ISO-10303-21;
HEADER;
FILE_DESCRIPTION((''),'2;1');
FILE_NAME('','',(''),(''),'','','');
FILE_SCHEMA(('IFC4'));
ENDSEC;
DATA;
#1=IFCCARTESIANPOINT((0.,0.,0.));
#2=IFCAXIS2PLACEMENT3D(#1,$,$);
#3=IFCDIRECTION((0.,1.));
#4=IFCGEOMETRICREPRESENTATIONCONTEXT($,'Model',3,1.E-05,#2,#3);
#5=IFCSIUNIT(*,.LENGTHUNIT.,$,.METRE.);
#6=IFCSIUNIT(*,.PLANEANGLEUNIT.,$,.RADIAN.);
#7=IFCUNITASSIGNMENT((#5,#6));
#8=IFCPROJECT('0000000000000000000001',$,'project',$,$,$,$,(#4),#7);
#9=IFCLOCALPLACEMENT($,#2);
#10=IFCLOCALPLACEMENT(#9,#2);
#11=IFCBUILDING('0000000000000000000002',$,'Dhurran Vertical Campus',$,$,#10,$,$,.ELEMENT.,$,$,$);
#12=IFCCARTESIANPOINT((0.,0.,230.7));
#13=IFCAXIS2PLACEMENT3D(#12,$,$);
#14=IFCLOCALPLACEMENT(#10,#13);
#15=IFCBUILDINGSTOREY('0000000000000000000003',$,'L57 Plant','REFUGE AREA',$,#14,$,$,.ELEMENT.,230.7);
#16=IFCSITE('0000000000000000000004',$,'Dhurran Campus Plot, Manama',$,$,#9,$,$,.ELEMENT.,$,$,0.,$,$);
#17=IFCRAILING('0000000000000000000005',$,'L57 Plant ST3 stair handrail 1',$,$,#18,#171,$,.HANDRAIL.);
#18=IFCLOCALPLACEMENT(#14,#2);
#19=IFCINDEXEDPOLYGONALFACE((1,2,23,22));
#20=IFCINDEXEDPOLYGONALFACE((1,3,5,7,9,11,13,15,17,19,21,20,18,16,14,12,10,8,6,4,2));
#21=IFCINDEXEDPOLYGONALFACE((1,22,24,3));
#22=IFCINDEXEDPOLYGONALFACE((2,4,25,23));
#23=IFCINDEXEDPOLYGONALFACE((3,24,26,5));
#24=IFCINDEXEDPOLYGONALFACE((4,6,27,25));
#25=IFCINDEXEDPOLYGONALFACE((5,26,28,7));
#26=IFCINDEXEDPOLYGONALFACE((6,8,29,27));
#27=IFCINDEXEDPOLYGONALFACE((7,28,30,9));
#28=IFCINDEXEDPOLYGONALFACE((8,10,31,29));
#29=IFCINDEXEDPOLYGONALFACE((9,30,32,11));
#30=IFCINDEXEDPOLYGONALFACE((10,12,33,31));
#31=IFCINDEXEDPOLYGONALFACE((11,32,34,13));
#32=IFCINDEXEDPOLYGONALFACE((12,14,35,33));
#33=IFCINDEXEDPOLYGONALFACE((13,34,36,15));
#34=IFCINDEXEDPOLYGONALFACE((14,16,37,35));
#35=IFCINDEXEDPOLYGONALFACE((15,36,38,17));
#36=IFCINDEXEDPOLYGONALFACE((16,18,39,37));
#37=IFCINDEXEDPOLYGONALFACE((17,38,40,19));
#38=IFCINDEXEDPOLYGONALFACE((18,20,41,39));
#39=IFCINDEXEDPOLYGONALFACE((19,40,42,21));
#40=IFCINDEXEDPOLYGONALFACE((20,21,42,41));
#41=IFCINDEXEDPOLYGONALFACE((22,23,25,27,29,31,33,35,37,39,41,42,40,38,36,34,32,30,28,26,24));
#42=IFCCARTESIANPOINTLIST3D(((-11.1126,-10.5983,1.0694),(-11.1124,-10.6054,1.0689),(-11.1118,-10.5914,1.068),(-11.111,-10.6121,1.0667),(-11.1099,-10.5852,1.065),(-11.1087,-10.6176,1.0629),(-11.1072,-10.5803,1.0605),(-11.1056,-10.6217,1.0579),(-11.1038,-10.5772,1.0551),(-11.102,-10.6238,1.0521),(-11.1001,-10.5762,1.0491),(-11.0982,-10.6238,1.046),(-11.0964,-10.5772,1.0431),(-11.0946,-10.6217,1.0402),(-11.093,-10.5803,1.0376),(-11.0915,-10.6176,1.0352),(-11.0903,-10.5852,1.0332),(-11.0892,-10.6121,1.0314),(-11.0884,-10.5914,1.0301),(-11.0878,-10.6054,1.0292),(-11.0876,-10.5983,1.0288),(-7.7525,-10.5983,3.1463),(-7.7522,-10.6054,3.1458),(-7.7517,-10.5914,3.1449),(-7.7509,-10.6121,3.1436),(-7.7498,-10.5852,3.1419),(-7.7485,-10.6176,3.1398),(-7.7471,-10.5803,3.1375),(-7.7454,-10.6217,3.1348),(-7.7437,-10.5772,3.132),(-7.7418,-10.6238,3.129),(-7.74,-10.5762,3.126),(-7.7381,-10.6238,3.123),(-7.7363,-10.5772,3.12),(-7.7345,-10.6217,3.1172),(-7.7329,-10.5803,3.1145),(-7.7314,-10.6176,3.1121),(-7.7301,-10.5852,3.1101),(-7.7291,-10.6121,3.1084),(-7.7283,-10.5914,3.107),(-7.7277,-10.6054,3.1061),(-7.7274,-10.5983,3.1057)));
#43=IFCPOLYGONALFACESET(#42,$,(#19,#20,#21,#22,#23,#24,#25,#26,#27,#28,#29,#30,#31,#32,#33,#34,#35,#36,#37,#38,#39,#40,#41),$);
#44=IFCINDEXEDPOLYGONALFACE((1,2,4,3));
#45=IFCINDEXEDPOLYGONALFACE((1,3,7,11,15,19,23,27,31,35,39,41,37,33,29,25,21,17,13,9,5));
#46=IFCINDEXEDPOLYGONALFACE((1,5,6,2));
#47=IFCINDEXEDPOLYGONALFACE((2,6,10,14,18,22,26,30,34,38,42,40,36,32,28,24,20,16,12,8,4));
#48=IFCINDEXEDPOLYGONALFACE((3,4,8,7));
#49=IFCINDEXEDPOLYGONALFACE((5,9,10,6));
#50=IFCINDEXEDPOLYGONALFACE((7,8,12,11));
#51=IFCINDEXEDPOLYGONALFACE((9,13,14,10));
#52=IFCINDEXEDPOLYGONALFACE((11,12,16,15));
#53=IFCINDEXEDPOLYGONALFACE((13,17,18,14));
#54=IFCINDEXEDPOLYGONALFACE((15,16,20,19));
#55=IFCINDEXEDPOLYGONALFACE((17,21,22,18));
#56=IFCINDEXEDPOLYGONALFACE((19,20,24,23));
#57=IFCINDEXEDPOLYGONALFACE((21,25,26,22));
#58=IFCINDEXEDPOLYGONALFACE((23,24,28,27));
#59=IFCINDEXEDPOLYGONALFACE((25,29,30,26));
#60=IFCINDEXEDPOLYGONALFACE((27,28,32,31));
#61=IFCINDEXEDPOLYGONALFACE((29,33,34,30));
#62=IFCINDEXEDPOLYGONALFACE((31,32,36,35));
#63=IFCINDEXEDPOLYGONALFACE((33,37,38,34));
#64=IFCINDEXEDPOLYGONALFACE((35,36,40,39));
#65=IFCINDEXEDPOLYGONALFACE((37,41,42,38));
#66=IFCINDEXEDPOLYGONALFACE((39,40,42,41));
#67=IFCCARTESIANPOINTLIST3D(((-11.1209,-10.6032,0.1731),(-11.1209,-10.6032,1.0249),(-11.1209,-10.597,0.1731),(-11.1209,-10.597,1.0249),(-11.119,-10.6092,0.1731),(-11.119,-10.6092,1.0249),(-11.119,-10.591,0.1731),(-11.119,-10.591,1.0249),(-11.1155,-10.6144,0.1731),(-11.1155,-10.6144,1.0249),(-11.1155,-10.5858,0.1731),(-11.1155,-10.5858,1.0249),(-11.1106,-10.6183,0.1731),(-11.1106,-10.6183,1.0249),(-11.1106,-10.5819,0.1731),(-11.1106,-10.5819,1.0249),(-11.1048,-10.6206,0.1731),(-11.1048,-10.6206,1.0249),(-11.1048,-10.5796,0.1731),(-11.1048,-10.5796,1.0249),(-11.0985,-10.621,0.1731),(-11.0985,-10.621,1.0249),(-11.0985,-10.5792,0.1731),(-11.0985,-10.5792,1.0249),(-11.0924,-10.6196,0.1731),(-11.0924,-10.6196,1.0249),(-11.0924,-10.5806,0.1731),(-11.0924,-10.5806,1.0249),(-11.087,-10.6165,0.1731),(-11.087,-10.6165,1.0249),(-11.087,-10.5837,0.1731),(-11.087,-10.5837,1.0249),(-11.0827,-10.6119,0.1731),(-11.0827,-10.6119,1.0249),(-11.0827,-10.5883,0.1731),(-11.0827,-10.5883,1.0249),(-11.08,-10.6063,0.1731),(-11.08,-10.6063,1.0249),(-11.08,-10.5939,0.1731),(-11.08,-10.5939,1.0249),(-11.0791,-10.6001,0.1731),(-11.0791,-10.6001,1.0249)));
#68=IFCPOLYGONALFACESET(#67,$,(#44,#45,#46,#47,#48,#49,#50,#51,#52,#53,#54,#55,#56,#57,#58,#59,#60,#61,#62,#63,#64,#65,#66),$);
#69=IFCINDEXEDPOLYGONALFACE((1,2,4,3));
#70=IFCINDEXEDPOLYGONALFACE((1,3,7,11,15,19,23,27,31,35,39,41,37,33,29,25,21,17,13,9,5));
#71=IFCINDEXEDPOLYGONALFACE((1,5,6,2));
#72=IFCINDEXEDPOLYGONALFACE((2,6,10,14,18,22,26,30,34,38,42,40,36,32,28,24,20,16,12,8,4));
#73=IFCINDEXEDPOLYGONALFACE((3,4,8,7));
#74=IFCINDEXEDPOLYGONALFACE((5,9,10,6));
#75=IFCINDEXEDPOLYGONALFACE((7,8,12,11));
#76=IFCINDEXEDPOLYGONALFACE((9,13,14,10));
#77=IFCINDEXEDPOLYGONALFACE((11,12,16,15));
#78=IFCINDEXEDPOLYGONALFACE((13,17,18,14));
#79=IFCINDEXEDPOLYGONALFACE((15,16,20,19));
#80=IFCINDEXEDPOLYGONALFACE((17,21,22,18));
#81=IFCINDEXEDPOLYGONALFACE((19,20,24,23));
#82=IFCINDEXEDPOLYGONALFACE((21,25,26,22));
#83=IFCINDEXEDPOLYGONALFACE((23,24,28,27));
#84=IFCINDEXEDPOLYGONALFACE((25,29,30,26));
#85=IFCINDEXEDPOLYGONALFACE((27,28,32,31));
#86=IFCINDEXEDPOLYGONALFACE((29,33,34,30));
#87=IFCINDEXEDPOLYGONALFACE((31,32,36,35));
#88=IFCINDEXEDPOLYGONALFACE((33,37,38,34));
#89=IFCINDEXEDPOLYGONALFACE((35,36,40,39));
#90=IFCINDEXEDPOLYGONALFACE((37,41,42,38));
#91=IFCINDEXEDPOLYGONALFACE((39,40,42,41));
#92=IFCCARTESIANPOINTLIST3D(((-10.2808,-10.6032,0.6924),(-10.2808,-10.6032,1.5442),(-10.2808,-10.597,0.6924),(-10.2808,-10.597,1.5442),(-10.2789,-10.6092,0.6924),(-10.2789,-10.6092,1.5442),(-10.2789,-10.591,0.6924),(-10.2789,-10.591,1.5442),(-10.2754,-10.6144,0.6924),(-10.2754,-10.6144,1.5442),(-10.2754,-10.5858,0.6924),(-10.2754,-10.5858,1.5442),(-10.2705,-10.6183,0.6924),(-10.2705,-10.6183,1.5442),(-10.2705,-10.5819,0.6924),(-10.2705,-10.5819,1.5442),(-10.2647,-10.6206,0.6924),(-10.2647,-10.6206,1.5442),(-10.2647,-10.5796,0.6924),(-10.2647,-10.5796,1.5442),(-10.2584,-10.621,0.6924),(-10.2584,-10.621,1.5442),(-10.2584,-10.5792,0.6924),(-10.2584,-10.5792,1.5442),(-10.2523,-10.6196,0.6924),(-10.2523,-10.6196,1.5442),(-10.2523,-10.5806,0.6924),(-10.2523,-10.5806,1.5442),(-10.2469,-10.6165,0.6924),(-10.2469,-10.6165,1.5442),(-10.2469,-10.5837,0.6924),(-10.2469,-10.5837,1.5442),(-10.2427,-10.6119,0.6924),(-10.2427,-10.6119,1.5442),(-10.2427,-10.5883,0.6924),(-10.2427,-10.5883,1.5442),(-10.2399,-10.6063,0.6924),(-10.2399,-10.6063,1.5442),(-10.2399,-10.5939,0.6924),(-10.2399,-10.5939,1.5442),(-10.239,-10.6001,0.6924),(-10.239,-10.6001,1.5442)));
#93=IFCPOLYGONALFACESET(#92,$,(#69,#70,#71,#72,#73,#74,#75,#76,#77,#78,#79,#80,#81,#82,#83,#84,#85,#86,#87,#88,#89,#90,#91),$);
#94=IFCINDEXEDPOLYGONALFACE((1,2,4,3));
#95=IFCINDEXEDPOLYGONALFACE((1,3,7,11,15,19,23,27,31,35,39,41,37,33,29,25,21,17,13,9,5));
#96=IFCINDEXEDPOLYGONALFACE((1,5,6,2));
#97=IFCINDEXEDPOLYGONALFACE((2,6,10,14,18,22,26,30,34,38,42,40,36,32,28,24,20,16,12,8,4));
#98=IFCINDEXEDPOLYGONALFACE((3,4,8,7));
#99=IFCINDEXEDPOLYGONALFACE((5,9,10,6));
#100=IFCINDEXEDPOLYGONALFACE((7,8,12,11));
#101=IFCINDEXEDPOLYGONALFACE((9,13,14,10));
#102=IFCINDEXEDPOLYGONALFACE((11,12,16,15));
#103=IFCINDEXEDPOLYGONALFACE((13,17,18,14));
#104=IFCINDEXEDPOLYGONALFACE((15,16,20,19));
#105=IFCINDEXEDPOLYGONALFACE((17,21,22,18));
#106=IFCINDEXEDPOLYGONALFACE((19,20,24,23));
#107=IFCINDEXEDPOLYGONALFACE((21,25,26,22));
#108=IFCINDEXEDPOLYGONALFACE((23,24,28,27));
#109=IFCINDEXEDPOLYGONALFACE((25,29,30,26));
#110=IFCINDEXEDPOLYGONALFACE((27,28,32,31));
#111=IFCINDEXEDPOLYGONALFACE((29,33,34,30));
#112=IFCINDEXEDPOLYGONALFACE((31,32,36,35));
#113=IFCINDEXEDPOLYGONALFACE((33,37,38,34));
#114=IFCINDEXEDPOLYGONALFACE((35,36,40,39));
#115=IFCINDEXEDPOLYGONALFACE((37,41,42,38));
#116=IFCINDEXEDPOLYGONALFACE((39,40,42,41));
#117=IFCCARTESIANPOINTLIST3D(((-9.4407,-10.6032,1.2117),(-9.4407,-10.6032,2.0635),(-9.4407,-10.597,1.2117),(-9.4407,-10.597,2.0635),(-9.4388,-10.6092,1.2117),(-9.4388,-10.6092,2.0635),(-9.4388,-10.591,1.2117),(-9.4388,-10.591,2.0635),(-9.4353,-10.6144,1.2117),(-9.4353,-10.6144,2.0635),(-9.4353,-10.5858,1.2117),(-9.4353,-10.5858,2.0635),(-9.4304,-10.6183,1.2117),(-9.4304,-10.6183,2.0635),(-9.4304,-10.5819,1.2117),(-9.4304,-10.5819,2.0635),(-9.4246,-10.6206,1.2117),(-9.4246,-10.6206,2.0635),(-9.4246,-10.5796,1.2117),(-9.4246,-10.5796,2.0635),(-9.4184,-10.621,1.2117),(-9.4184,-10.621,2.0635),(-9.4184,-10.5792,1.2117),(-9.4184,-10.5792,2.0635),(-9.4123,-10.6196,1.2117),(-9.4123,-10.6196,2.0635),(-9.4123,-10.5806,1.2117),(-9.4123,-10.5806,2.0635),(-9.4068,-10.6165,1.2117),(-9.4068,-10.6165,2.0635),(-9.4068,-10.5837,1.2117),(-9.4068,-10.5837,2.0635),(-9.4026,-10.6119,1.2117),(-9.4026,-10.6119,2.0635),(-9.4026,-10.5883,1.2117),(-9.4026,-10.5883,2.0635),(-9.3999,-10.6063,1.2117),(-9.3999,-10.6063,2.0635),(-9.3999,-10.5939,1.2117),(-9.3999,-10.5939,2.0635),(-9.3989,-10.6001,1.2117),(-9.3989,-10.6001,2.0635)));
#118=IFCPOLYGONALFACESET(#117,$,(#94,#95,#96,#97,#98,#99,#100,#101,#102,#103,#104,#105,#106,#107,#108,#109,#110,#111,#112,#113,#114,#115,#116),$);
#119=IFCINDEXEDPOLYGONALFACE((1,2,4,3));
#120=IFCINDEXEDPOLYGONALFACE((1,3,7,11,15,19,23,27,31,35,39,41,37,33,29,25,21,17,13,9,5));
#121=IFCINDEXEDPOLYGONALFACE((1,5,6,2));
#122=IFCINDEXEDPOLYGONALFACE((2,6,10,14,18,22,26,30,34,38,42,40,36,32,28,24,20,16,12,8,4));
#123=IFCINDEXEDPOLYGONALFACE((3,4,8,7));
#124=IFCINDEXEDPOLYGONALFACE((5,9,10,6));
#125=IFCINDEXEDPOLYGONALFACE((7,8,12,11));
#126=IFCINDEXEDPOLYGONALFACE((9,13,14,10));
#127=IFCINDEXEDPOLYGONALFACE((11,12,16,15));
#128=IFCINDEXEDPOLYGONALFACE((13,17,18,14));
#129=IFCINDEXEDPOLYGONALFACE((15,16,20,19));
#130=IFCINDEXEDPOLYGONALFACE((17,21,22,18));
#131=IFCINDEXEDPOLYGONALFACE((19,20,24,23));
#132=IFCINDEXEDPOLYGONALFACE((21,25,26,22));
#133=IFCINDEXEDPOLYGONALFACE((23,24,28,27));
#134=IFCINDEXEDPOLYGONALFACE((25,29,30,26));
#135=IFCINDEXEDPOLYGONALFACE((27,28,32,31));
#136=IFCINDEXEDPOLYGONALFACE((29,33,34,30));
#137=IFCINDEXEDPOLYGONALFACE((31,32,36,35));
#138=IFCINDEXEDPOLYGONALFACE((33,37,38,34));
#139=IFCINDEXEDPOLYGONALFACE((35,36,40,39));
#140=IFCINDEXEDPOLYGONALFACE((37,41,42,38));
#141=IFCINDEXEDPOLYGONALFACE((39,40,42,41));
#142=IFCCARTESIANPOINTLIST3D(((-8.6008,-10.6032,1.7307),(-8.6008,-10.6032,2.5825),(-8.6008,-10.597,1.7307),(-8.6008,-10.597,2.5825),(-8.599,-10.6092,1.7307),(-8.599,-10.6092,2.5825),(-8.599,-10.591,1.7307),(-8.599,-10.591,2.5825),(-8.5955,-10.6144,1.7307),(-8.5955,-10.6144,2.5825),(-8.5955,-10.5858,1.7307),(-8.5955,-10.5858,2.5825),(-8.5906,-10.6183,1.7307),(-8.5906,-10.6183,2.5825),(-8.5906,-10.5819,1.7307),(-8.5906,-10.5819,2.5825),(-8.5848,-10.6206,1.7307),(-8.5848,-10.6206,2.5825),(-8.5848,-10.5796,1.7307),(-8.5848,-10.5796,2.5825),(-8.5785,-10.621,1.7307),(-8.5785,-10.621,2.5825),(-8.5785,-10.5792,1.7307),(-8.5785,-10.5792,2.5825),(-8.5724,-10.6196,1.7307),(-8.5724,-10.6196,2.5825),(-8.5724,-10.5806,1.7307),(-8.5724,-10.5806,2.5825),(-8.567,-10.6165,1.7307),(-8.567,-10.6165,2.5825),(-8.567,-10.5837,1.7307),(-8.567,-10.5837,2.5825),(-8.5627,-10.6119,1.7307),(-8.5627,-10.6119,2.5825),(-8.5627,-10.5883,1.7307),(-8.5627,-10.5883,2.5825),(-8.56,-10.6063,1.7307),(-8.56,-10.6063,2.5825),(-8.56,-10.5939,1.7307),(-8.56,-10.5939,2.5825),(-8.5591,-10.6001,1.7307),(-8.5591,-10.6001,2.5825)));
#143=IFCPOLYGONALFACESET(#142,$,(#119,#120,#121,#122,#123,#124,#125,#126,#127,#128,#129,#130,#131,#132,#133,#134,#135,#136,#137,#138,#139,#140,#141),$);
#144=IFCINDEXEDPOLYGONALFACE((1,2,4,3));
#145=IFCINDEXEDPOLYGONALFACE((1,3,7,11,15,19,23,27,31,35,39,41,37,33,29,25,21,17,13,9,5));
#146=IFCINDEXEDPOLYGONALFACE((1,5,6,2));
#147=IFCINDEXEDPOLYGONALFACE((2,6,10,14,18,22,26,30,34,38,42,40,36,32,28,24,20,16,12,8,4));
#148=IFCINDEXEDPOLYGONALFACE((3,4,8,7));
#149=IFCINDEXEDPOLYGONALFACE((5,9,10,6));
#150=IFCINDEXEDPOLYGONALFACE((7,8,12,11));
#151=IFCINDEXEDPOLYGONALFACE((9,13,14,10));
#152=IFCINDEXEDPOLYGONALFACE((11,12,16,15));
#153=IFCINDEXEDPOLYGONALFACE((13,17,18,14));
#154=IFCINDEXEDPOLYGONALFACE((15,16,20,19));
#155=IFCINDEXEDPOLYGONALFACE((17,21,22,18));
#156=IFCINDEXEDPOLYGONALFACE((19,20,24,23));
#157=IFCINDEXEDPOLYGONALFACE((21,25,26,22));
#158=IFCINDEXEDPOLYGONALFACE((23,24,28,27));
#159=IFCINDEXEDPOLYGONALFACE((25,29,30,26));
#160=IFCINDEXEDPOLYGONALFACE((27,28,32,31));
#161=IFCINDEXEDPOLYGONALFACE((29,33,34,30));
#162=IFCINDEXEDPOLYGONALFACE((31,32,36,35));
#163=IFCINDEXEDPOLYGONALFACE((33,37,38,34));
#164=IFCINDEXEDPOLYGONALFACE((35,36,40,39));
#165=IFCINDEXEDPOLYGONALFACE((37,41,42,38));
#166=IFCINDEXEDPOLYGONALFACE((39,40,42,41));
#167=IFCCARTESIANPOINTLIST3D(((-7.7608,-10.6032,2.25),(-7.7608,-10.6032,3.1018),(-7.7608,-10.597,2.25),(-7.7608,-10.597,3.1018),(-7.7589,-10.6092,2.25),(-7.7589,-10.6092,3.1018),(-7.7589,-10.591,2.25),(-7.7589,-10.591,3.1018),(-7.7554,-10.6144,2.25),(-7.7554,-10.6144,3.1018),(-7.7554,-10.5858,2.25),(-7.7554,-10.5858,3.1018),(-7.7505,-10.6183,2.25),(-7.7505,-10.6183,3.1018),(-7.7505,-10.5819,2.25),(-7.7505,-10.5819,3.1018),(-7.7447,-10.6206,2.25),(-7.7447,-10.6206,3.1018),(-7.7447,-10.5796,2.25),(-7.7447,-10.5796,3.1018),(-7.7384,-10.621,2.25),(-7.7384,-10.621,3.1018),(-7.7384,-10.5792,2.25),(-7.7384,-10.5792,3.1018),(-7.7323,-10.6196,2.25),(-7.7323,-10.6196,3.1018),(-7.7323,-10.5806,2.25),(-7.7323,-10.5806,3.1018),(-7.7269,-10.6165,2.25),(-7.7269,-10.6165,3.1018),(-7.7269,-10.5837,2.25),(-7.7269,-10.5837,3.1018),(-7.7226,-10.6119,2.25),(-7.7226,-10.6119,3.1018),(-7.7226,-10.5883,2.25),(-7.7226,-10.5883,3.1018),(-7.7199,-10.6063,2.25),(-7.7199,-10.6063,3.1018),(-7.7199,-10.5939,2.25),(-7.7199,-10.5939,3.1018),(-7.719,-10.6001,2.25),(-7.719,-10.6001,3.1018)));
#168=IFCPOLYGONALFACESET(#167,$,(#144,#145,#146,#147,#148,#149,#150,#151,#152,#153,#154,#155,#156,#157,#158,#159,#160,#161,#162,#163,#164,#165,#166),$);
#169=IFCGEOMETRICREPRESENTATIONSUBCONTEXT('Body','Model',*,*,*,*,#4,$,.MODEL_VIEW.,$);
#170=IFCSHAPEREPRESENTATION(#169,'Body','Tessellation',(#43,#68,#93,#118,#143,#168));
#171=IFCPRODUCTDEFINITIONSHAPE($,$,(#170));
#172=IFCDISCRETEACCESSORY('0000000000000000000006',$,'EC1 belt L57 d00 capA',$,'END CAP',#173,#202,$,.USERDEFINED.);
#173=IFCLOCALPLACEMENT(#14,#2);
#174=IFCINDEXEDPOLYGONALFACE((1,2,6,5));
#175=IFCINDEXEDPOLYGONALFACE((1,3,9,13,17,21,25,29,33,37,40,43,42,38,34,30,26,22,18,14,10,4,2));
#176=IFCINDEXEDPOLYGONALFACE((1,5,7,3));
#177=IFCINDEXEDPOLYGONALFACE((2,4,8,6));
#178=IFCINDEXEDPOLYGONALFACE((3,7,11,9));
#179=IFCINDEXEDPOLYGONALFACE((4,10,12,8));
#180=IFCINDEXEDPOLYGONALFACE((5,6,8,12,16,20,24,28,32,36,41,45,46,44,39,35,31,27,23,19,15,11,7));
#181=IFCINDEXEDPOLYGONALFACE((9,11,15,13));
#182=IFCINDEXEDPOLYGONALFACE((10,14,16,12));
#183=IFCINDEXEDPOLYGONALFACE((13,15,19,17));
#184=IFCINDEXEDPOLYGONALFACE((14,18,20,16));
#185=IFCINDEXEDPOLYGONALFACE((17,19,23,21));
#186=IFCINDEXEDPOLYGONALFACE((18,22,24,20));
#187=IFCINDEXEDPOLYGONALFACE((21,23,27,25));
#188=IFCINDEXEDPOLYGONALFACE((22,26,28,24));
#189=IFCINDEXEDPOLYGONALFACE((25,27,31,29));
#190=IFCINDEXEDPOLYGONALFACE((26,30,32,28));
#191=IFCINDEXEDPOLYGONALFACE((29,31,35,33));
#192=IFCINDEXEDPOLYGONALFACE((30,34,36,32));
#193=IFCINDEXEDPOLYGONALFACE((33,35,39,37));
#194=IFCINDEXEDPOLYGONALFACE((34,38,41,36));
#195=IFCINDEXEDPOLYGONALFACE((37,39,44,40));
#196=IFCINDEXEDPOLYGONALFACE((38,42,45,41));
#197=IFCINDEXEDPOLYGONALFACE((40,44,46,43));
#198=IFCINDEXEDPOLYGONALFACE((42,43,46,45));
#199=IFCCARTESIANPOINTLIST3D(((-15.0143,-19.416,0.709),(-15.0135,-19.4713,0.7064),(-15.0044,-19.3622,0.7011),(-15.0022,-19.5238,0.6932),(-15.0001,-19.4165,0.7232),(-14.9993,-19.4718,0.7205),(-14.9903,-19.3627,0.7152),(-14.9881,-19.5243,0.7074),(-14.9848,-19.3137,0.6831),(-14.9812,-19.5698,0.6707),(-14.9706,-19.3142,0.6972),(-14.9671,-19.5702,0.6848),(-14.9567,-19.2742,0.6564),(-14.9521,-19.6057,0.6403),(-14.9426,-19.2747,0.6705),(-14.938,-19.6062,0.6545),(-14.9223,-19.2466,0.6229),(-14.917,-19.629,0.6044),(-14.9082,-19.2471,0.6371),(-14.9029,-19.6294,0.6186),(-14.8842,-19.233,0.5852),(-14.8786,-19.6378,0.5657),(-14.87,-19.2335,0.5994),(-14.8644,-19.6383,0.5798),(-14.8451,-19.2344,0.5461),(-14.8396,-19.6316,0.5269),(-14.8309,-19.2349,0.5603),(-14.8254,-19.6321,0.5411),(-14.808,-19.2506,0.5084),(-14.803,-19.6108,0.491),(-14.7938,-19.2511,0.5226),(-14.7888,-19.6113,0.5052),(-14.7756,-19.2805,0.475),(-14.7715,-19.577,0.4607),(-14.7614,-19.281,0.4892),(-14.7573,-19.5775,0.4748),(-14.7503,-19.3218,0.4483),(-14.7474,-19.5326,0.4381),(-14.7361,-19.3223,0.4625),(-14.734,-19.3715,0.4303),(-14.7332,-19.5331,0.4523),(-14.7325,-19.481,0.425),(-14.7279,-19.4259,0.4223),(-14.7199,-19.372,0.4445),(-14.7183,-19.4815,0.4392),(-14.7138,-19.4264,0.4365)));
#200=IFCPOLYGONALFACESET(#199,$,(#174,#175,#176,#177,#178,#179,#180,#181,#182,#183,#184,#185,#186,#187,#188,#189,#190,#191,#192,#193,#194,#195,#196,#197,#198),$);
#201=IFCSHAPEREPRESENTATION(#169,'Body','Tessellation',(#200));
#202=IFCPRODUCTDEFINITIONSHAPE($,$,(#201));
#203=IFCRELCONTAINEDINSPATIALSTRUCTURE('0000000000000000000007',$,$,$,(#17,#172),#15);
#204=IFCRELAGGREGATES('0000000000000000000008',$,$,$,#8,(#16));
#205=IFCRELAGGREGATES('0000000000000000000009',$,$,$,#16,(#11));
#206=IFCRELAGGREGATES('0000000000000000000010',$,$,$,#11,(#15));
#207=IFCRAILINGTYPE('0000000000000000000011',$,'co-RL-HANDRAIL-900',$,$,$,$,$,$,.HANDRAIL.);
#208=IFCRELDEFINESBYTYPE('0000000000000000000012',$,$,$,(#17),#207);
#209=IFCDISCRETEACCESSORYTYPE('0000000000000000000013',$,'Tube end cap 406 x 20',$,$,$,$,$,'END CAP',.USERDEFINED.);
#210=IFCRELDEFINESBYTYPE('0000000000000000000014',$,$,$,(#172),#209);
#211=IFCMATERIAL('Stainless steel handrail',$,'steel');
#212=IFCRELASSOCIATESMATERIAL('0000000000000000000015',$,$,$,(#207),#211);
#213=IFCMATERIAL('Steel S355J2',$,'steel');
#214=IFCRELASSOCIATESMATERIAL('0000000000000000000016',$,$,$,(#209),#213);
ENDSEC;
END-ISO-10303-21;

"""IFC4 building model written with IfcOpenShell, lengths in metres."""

from ifc_helpers import new_model, si_unit, direction, frame, origin, origin_2d, place, context, subcontext, project, spatial, circle, extrude, material, material_profile, profile_set, type_object, element, save


model = new_model("IFC4")

# Units and contexts
model_context = context("Model", 3, precision=1e-05, world=origin(), true_north=direction((0.0, 1.0)))
body_context = subcontext(model_context, "Body", "Model", "MODEL_VIEW")
ifc_project = project(units=[si_unit("LENGTHUNIT", "METRE"), si_unit("PLANEANGLEUNIT", "RADIAN")], contexts=[model_context])

# Site, building, storey
site_placement = place(None, origin())
site = spatial("IfcSite", under=ifc_project, at=site_placement, Name="Dhurran Campus Plot, Manama", CompositionType="ELEMENT", RefElevation=0.0)
building_placement = place(site_placement, origin())
building = spatial("IfcBuilding", under=site, at=building_placement, Name="Dhurran Vertical Campus", CompositionType="ELEMENT")
storey_placement = place(building_placement, frame((0.0, 0.0, 230.7)))
storey = spatial("IfcBuildingStorey", under=building, at=storey_placement, Name="L57 Plant", Description="REFUGE AREA", CompositionType="ELEMENT", Elevation=230.7)

# Railing
ifc_material_1 = material(Name="Stainless steel handrail", Category="steel")
railing_type = type_object("IfcRailingType", Name="co-RL-HANDRAIL-900", PredefinedType="HANDRAIL", material=ifc_material_1)
railing_placement = place(storey_placement, frame((-11.1001, -10.6001, 0.1731)))
element("IfcRailing", 1, at=railing_placement, inside=storey, type_object=railing_type, Name="L57 Plant ST3 stair handrail 1", PredefinedType="HANDRAIL", context=body_context, shape_type="SweptSolid", body=[
    extrude(circle(Radius=0.0239, at=origin_2d()), frame((0.0, 0.0, 0.876), z_axis=(0.850623, 0.0, 0.525776), x_axis=(0.0, 1.0, 0.0)), (0.0, 0.0, 1.0), 3.9502),
    extrude(circle(Radius=0.021, at=origin_2d()), origin(), (0.0, 0.0, 1.0), 0.8518),
    extrude(circle(Radius=0.021, at=origin_2d()), frame((0.8401, 0.0, 0.5193)), (0.0, 0.0, 1.0), 0.8518),
    extrude(circle(Radius=0.021, at=origin_2d()), frame((1.6802, 0.0, 1.0386)), (0.0, 0.0, 1.0), 0.8518),
    extrude(circle(Radius=0.021, at=origin_2d()), frame((2.52, 0.0, 1.5576)), (0.0, 0.0, 1.0), 0.8518),
    extrude(circle(Radius=0.021, at=origin_2d()), frame((3.3601, 0.0, 2.0769)), (0.0, 0.0, 1.0), 0.8518),
])

# Discrete accessory
ifc_material_2 = material(Name="Steel S355J2", Category="steel")
ifc_material_profile_1 = material_profile(ifc_material_2, circle(Radius=0.2031, at=origin_2d()), Name="Tube end cap 406 x 20")
ifc_profile_set_1 = profile_set([ifc_material_profile_1], Name="Steel S355J2")
discrete_accessory_type = type_object("IfcDiscreteAccessoryType", Name="Tube end cap 406 x 20", ElementType="END CAP", PredefinedType="USERDEFINED", material=ifc_profile_set_1)
for number, where, z_axis, x_axis, name in (
    (2, (-14.8574, -19.4353, 0.5798), (-0.706897, 0.024376, -0.706897), (-0.034462, -0.999406, 0.0), "EC1 belt L57 d00 capA"),
):
    element("IfcDiscreteAccessory", number, at=place(storey_placement, frame(where, z_axis=z_axis, x_axis=x_axis)), inside=storey, type_object=discrete_accessory_type, Name=name, ObjectType="END CAP", PredefinedType="USERDEFINED", context=body_context, shape_type="SweptSolid", body=[
        extrude(circle(Radius=0.2031, at=origin_2d()), origin(), (0.0, 0.0, 1.0), 0.02),
    ])

save(model, "model.ifc")
